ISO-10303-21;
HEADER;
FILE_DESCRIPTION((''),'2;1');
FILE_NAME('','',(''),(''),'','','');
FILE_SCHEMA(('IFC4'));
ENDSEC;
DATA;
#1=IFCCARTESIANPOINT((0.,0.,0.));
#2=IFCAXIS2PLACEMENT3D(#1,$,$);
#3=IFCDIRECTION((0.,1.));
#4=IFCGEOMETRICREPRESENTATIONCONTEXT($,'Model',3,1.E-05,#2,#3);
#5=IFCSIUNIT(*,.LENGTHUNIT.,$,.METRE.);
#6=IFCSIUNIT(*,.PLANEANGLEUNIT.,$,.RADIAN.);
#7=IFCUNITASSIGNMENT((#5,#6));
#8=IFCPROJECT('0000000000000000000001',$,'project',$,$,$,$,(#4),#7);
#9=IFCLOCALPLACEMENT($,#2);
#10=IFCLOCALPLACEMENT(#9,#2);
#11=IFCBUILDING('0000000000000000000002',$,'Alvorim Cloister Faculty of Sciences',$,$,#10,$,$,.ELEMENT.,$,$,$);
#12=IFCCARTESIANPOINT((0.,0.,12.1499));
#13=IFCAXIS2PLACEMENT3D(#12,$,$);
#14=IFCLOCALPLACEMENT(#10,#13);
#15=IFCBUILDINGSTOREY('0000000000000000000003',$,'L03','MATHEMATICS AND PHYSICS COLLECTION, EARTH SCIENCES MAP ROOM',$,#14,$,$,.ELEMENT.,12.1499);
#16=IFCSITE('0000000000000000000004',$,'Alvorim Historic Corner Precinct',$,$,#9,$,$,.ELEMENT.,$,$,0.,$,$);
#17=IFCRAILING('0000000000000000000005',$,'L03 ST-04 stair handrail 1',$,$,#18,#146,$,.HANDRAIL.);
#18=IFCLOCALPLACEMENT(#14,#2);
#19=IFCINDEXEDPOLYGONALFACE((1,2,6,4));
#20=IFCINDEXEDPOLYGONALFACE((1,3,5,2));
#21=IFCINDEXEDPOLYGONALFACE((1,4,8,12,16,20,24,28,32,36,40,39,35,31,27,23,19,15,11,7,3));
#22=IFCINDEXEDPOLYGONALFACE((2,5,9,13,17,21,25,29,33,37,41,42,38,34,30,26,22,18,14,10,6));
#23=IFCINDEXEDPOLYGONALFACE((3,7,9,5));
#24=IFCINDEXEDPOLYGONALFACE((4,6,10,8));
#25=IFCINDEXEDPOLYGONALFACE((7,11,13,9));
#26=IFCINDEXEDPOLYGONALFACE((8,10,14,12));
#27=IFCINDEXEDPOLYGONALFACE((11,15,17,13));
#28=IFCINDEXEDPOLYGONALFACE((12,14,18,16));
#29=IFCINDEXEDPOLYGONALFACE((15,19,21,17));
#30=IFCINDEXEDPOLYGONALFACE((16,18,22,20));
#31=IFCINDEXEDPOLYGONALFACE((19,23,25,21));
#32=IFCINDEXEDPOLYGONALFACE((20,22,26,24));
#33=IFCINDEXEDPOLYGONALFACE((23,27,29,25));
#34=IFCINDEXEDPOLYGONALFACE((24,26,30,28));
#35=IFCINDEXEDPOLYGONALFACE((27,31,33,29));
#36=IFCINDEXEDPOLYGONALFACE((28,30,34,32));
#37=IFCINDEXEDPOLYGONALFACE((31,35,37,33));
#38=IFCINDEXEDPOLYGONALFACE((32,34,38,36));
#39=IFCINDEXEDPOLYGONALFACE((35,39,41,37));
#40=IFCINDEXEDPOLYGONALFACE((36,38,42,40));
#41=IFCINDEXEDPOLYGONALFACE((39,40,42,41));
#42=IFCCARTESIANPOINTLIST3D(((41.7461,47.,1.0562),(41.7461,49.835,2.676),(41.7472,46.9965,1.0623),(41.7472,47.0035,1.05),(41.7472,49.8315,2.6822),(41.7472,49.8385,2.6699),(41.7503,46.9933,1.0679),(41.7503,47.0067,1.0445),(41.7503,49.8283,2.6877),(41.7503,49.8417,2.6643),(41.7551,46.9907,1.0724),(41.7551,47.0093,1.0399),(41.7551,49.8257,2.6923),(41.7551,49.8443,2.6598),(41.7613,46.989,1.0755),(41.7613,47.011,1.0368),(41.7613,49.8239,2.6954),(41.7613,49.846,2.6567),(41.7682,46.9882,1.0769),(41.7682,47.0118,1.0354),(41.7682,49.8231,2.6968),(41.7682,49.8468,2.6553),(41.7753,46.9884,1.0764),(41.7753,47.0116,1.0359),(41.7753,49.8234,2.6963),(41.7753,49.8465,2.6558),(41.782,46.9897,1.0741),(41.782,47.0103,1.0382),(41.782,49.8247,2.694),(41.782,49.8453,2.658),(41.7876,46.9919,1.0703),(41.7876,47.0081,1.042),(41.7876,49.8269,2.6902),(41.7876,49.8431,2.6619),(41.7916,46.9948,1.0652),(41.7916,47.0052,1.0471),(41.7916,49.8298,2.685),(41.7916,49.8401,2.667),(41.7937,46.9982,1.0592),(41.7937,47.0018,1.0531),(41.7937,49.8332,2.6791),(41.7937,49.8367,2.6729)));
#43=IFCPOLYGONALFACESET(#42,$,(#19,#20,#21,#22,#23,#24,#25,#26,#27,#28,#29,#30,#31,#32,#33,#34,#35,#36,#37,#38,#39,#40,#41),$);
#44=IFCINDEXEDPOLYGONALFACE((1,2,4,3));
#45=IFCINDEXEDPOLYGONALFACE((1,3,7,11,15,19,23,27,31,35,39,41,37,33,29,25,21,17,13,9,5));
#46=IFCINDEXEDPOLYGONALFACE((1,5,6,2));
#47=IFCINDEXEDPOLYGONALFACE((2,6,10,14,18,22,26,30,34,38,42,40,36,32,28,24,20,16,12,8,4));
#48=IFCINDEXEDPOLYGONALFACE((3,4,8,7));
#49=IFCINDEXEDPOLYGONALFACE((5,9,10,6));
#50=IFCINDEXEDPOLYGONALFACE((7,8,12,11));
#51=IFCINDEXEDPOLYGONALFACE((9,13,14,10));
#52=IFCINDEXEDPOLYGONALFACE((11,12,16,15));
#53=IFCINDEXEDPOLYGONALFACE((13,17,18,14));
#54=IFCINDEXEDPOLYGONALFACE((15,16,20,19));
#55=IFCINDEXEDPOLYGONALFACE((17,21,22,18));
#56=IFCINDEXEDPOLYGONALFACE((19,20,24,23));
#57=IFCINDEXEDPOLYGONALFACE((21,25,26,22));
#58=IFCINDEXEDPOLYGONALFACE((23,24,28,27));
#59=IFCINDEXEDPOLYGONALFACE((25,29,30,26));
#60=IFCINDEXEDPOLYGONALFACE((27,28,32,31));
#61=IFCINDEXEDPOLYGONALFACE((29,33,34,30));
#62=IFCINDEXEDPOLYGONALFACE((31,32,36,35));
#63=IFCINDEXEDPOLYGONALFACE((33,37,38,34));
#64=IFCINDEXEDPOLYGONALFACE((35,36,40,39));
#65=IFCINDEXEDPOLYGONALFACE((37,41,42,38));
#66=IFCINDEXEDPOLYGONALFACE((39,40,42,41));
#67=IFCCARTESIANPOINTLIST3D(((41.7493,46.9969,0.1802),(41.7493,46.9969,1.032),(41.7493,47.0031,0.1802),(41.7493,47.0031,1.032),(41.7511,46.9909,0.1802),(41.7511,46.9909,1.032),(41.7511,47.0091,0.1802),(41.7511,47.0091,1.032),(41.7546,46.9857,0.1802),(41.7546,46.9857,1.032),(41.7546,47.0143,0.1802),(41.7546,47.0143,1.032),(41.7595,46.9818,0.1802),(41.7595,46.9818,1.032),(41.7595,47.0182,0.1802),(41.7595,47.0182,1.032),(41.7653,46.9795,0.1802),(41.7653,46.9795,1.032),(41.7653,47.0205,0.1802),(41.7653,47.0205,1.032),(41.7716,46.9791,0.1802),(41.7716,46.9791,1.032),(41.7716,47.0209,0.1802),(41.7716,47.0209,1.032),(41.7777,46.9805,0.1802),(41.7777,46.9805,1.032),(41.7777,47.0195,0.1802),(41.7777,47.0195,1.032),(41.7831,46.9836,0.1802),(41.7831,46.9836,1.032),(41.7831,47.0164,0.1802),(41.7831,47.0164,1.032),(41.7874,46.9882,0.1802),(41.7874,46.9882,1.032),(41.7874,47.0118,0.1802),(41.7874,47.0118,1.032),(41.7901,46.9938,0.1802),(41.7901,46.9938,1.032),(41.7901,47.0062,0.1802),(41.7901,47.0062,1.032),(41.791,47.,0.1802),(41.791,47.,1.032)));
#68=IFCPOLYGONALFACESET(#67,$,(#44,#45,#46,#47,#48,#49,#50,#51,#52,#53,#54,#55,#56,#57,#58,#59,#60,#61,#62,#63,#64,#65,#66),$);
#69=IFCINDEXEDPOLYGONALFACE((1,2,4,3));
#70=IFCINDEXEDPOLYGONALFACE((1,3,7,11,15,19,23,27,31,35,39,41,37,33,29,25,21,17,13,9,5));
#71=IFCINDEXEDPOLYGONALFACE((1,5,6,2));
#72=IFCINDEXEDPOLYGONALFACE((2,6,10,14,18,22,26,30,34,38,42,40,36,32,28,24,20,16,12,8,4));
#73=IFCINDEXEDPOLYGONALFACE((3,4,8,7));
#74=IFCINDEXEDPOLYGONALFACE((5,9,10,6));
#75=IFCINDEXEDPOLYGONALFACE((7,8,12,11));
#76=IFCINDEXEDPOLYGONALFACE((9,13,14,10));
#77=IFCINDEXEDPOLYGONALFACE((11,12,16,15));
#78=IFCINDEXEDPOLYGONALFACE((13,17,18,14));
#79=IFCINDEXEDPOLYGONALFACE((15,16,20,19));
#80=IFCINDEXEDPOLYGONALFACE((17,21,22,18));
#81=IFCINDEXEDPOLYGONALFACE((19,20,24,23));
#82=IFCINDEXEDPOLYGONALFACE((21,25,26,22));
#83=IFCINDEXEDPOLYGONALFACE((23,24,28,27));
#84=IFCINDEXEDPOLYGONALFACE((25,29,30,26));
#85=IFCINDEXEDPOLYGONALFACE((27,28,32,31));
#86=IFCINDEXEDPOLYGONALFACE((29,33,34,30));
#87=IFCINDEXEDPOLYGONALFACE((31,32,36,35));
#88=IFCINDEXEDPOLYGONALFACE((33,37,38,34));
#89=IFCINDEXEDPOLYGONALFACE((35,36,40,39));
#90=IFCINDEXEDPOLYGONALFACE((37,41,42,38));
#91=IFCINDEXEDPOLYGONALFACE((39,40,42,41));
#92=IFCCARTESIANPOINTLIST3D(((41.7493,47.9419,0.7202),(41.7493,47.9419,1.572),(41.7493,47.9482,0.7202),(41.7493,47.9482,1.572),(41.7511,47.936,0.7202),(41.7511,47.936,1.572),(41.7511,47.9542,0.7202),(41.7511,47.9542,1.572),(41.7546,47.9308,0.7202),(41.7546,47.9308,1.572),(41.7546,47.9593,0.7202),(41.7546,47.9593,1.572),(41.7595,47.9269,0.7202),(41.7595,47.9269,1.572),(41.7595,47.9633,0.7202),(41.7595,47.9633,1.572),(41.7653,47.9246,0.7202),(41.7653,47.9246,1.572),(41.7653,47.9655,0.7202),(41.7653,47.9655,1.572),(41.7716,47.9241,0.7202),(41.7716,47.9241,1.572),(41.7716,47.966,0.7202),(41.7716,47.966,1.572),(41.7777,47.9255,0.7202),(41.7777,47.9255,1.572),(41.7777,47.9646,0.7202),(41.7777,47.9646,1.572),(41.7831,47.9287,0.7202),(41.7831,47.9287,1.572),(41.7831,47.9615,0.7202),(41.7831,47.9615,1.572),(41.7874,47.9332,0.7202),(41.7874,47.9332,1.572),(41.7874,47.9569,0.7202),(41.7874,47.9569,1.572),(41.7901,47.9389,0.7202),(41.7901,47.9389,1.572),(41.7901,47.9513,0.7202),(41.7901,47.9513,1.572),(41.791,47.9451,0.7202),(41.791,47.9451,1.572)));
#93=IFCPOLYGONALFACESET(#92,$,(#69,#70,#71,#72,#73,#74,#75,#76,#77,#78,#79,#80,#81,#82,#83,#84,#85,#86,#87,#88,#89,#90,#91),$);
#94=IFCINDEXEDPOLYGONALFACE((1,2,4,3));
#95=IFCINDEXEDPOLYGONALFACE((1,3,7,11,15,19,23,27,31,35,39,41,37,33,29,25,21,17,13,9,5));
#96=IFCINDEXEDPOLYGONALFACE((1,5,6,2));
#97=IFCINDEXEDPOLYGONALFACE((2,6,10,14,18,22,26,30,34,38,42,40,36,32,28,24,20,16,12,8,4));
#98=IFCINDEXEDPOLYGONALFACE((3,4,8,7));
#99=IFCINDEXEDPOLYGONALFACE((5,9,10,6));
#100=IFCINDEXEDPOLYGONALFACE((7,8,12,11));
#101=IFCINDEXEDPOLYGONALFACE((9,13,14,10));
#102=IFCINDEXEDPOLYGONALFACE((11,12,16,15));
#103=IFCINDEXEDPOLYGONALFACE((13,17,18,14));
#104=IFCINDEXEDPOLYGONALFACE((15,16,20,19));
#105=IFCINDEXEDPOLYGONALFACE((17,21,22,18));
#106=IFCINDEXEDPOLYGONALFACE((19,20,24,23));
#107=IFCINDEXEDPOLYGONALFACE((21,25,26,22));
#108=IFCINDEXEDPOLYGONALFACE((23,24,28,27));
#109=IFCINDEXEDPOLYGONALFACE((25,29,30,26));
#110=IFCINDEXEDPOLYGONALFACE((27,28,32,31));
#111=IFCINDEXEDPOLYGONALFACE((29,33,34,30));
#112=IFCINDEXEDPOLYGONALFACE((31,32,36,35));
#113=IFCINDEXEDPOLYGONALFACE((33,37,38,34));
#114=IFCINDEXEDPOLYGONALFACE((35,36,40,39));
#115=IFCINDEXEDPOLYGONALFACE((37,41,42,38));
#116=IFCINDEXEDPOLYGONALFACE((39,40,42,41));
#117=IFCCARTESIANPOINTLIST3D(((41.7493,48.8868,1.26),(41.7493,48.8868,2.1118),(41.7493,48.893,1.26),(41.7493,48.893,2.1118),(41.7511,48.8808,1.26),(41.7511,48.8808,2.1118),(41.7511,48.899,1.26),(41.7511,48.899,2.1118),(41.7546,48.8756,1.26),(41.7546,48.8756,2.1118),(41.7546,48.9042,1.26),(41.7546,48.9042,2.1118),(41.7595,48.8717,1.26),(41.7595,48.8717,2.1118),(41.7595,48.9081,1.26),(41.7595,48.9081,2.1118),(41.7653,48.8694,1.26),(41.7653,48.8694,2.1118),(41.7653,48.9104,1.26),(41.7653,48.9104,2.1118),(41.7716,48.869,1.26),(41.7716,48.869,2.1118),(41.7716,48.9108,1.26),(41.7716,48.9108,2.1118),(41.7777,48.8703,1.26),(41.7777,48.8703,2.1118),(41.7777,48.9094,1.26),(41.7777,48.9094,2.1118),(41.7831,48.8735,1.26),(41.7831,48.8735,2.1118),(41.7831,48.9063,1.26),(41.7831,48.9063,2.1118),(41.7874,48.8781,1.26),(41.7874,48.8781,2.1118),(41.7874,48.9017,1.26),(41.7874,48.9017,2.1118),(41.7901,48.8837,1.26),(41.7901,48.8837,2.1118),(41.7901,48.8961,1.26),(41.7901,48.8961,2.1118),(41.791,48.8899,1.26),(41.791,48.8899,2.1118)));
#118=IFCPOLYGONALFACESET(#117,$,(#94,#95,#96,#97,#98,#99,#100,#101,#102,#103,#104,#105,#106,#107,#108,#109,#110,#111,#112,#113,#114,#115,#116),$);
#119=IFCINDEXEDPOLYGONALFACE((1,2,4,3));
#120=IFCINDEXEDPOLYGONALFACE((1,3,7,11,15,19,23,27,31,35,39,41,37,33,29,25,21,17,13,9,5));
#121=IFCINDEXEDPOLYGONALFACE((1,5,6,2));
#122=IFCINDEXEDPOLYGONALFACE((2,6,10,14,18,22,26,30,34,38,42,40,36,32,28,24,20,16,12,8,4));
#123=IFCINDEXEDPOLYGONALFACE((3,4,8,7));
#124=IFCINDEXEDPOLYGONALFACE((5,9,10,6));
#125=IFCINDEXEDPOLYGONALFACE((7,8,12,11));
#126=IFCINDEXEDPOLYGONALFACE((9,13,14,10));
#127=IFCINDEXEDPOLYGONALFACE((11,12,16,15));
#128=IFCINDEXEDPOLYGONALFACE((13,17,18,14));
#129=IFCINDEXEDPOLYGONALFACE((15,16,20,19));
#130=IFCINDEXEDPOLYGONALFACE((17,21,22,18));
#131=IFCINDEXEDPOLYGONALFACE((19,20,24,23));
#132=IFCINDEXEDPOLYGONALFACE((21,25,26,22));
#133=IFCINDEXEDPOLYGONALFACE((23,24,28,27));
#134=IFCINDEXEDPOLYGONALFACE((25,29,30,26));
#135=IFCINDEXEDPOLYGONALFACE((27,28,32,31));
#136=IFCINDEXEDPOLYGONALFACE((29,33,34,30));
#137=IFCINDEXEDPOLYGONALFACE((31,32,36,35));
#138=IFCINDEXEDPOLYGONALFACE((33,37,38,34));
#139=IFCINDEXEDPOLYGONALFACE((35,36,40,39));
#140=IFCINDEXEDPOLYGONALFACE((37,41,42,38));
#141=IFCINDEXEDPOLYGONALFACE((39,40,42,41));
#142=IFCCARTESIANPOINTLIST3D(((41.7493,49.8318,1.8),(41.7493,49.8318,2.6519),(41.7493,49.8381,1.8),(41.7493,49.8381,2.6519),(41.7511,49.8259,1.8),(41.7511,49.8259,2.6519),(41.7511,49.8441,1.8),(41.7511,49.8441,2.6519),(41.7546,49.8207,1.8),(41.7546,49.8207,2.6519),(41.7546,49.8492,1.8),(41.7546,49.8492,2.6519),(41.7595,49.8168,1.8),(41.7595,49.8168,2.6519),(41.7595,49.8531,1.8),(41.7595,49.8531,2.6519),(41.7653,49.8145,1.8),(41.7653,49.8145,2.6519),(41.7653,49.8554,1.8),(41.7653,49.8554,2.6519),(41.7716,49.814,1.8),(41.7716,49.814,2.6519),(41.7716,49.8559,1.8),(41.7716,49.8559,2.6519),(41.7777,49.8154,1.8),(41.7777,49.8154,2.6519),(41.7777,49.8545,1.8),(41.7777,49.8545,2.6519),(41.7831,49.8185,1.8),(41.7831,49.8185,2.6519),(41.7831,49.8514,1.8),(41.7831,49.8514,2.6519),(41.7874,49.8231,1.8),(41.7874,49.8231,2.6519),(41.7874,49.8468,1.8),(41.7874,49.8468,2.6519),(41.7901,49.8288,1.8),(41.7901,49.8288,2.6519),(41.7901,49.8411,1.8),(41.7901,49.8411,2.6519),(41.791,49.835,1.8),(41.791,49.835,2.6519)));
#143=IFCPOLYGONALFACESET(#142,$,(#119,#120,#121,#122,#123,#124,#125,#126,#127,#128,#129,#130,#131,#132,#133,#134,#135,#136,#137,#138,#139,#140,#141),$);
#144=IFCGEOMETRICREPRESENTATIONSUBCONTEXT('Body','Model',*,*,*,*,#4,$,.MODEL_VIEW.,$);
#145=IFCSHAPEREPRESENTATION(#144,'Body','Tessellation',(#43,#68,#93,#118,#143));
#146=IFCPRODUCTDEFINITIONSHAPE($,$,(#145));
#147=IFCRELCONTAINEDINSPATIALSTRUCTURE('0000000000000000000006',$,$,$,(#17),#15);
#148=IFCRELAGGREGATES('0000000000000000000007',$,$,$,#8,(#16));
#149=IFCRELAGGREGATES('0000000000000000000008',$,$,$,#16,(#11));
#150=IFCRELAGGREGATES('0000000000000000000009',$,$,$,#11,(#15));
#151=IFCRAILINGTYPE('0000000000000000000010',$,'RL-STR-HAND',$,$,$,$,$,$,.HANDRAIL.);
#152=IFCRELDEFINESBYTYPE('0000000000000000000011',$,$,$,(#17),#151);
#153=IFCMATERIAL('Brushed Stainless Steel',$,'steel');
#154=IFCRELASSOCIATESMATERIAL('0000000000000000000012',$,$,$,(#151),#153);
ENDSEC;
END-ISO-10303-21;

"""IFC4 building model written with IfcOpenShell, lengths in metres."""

from ifc_helpers import new_model, si_unit, direction, frame, origin, origin_2d, place, context, subcontext, project, spatial, circle, extrude, material, type_object, element, save


model = new_model("IFC4")

# Units and contexts
model_context = context("Model", 3, precision=1e-05, world=origin(), true_north=direction((0.0, 1.0)))
body_context = subcontext(model_context, "Body", "Model", "MODEL_VIEW")
ifc_project = project(units=[si_unit("LENGTHUNIT", "METRE"), si_unit("PLANEANGLEUNIT", "RADIAN")], contexts=[model_context])

# Site, building, storey
site_placement = place(None, origin())
site = spatial("IfcSite", under=ifc_project, at=site_placement, Name="Alvorim Historic Corner Precinct", CompositionType="ELEMENT", RefElevation=0.0)
building_placement = place(site_placement, origin())
building = spatial("IfcBuilding", under=site, at=building_placement, Name="Alvorim Cloister Faculty of Sciences", CompositionType="ELEMENT")
storey_placement = place(building_placement, frame((0.0, 0.0, 12.1499)))
storey = spatial("IfcBuildingStorey", under=building, at=storey_placement, Name="L03", Description="MATHEMATICS AND PHYSICS COLLECTION, EARTH SCIENCES MAP ROOM", CompositionType="ELEMENT", Elevation=12.1499)

# Shared definitions
ifc_material_1 = material(Name="Brushed Stainless Steel", Category="steel")

# Railing
railing_type_1 = type_object("IfcRailingType", Name="RL-STR-HAND", PredefinedType="HANDRAIL", material=ifc_material_1)
railing_1_placement = place(storey_placement, frame((41.77, 47.0, 0.1802)))
element("IfcRailing", 1, at=railing_1_placement, inside=storey, type_object=railing_type_1, Name="L03 ST-04 stair handrail 1", PredefinedType="HANDRAIL", context=body_context, shape_type="SweptSolid", body=[
    extrude(circle(Radius=0.0239, at=origin_2d()), frame((0.0, 0.0, 0.876), z_axis=(0.0, 0.868257, 0.496115), x_axis=(-1.0, 0.0, 0.0)), (0.0, 0.0, 1.0), 3.2651),
    extrude(circle(Radius=0.021, at=origin_2d()), origin(), (0.0, 0.0, 1.0), 0.8518),
    extrude(circle(Radius=0.021, at=origin_2d()), frame((0.0, 0.9451, 0.54)), (0.0, 0.0, 1.0), 0.8518),
    extrude(circle(Radius=0.021, at=origin_2d()), frame((0.0, 1.8899, 1.0798)), (0.0, 0.0, 1.0), 0.8518),
    extrude(circle(Radius=0.021, at=origin_2d()), frame((0.0, 2.835, 1.6199)), (0.0, 0.0, 1.0), 0.8518),
])

save(model, "model.ifc")
